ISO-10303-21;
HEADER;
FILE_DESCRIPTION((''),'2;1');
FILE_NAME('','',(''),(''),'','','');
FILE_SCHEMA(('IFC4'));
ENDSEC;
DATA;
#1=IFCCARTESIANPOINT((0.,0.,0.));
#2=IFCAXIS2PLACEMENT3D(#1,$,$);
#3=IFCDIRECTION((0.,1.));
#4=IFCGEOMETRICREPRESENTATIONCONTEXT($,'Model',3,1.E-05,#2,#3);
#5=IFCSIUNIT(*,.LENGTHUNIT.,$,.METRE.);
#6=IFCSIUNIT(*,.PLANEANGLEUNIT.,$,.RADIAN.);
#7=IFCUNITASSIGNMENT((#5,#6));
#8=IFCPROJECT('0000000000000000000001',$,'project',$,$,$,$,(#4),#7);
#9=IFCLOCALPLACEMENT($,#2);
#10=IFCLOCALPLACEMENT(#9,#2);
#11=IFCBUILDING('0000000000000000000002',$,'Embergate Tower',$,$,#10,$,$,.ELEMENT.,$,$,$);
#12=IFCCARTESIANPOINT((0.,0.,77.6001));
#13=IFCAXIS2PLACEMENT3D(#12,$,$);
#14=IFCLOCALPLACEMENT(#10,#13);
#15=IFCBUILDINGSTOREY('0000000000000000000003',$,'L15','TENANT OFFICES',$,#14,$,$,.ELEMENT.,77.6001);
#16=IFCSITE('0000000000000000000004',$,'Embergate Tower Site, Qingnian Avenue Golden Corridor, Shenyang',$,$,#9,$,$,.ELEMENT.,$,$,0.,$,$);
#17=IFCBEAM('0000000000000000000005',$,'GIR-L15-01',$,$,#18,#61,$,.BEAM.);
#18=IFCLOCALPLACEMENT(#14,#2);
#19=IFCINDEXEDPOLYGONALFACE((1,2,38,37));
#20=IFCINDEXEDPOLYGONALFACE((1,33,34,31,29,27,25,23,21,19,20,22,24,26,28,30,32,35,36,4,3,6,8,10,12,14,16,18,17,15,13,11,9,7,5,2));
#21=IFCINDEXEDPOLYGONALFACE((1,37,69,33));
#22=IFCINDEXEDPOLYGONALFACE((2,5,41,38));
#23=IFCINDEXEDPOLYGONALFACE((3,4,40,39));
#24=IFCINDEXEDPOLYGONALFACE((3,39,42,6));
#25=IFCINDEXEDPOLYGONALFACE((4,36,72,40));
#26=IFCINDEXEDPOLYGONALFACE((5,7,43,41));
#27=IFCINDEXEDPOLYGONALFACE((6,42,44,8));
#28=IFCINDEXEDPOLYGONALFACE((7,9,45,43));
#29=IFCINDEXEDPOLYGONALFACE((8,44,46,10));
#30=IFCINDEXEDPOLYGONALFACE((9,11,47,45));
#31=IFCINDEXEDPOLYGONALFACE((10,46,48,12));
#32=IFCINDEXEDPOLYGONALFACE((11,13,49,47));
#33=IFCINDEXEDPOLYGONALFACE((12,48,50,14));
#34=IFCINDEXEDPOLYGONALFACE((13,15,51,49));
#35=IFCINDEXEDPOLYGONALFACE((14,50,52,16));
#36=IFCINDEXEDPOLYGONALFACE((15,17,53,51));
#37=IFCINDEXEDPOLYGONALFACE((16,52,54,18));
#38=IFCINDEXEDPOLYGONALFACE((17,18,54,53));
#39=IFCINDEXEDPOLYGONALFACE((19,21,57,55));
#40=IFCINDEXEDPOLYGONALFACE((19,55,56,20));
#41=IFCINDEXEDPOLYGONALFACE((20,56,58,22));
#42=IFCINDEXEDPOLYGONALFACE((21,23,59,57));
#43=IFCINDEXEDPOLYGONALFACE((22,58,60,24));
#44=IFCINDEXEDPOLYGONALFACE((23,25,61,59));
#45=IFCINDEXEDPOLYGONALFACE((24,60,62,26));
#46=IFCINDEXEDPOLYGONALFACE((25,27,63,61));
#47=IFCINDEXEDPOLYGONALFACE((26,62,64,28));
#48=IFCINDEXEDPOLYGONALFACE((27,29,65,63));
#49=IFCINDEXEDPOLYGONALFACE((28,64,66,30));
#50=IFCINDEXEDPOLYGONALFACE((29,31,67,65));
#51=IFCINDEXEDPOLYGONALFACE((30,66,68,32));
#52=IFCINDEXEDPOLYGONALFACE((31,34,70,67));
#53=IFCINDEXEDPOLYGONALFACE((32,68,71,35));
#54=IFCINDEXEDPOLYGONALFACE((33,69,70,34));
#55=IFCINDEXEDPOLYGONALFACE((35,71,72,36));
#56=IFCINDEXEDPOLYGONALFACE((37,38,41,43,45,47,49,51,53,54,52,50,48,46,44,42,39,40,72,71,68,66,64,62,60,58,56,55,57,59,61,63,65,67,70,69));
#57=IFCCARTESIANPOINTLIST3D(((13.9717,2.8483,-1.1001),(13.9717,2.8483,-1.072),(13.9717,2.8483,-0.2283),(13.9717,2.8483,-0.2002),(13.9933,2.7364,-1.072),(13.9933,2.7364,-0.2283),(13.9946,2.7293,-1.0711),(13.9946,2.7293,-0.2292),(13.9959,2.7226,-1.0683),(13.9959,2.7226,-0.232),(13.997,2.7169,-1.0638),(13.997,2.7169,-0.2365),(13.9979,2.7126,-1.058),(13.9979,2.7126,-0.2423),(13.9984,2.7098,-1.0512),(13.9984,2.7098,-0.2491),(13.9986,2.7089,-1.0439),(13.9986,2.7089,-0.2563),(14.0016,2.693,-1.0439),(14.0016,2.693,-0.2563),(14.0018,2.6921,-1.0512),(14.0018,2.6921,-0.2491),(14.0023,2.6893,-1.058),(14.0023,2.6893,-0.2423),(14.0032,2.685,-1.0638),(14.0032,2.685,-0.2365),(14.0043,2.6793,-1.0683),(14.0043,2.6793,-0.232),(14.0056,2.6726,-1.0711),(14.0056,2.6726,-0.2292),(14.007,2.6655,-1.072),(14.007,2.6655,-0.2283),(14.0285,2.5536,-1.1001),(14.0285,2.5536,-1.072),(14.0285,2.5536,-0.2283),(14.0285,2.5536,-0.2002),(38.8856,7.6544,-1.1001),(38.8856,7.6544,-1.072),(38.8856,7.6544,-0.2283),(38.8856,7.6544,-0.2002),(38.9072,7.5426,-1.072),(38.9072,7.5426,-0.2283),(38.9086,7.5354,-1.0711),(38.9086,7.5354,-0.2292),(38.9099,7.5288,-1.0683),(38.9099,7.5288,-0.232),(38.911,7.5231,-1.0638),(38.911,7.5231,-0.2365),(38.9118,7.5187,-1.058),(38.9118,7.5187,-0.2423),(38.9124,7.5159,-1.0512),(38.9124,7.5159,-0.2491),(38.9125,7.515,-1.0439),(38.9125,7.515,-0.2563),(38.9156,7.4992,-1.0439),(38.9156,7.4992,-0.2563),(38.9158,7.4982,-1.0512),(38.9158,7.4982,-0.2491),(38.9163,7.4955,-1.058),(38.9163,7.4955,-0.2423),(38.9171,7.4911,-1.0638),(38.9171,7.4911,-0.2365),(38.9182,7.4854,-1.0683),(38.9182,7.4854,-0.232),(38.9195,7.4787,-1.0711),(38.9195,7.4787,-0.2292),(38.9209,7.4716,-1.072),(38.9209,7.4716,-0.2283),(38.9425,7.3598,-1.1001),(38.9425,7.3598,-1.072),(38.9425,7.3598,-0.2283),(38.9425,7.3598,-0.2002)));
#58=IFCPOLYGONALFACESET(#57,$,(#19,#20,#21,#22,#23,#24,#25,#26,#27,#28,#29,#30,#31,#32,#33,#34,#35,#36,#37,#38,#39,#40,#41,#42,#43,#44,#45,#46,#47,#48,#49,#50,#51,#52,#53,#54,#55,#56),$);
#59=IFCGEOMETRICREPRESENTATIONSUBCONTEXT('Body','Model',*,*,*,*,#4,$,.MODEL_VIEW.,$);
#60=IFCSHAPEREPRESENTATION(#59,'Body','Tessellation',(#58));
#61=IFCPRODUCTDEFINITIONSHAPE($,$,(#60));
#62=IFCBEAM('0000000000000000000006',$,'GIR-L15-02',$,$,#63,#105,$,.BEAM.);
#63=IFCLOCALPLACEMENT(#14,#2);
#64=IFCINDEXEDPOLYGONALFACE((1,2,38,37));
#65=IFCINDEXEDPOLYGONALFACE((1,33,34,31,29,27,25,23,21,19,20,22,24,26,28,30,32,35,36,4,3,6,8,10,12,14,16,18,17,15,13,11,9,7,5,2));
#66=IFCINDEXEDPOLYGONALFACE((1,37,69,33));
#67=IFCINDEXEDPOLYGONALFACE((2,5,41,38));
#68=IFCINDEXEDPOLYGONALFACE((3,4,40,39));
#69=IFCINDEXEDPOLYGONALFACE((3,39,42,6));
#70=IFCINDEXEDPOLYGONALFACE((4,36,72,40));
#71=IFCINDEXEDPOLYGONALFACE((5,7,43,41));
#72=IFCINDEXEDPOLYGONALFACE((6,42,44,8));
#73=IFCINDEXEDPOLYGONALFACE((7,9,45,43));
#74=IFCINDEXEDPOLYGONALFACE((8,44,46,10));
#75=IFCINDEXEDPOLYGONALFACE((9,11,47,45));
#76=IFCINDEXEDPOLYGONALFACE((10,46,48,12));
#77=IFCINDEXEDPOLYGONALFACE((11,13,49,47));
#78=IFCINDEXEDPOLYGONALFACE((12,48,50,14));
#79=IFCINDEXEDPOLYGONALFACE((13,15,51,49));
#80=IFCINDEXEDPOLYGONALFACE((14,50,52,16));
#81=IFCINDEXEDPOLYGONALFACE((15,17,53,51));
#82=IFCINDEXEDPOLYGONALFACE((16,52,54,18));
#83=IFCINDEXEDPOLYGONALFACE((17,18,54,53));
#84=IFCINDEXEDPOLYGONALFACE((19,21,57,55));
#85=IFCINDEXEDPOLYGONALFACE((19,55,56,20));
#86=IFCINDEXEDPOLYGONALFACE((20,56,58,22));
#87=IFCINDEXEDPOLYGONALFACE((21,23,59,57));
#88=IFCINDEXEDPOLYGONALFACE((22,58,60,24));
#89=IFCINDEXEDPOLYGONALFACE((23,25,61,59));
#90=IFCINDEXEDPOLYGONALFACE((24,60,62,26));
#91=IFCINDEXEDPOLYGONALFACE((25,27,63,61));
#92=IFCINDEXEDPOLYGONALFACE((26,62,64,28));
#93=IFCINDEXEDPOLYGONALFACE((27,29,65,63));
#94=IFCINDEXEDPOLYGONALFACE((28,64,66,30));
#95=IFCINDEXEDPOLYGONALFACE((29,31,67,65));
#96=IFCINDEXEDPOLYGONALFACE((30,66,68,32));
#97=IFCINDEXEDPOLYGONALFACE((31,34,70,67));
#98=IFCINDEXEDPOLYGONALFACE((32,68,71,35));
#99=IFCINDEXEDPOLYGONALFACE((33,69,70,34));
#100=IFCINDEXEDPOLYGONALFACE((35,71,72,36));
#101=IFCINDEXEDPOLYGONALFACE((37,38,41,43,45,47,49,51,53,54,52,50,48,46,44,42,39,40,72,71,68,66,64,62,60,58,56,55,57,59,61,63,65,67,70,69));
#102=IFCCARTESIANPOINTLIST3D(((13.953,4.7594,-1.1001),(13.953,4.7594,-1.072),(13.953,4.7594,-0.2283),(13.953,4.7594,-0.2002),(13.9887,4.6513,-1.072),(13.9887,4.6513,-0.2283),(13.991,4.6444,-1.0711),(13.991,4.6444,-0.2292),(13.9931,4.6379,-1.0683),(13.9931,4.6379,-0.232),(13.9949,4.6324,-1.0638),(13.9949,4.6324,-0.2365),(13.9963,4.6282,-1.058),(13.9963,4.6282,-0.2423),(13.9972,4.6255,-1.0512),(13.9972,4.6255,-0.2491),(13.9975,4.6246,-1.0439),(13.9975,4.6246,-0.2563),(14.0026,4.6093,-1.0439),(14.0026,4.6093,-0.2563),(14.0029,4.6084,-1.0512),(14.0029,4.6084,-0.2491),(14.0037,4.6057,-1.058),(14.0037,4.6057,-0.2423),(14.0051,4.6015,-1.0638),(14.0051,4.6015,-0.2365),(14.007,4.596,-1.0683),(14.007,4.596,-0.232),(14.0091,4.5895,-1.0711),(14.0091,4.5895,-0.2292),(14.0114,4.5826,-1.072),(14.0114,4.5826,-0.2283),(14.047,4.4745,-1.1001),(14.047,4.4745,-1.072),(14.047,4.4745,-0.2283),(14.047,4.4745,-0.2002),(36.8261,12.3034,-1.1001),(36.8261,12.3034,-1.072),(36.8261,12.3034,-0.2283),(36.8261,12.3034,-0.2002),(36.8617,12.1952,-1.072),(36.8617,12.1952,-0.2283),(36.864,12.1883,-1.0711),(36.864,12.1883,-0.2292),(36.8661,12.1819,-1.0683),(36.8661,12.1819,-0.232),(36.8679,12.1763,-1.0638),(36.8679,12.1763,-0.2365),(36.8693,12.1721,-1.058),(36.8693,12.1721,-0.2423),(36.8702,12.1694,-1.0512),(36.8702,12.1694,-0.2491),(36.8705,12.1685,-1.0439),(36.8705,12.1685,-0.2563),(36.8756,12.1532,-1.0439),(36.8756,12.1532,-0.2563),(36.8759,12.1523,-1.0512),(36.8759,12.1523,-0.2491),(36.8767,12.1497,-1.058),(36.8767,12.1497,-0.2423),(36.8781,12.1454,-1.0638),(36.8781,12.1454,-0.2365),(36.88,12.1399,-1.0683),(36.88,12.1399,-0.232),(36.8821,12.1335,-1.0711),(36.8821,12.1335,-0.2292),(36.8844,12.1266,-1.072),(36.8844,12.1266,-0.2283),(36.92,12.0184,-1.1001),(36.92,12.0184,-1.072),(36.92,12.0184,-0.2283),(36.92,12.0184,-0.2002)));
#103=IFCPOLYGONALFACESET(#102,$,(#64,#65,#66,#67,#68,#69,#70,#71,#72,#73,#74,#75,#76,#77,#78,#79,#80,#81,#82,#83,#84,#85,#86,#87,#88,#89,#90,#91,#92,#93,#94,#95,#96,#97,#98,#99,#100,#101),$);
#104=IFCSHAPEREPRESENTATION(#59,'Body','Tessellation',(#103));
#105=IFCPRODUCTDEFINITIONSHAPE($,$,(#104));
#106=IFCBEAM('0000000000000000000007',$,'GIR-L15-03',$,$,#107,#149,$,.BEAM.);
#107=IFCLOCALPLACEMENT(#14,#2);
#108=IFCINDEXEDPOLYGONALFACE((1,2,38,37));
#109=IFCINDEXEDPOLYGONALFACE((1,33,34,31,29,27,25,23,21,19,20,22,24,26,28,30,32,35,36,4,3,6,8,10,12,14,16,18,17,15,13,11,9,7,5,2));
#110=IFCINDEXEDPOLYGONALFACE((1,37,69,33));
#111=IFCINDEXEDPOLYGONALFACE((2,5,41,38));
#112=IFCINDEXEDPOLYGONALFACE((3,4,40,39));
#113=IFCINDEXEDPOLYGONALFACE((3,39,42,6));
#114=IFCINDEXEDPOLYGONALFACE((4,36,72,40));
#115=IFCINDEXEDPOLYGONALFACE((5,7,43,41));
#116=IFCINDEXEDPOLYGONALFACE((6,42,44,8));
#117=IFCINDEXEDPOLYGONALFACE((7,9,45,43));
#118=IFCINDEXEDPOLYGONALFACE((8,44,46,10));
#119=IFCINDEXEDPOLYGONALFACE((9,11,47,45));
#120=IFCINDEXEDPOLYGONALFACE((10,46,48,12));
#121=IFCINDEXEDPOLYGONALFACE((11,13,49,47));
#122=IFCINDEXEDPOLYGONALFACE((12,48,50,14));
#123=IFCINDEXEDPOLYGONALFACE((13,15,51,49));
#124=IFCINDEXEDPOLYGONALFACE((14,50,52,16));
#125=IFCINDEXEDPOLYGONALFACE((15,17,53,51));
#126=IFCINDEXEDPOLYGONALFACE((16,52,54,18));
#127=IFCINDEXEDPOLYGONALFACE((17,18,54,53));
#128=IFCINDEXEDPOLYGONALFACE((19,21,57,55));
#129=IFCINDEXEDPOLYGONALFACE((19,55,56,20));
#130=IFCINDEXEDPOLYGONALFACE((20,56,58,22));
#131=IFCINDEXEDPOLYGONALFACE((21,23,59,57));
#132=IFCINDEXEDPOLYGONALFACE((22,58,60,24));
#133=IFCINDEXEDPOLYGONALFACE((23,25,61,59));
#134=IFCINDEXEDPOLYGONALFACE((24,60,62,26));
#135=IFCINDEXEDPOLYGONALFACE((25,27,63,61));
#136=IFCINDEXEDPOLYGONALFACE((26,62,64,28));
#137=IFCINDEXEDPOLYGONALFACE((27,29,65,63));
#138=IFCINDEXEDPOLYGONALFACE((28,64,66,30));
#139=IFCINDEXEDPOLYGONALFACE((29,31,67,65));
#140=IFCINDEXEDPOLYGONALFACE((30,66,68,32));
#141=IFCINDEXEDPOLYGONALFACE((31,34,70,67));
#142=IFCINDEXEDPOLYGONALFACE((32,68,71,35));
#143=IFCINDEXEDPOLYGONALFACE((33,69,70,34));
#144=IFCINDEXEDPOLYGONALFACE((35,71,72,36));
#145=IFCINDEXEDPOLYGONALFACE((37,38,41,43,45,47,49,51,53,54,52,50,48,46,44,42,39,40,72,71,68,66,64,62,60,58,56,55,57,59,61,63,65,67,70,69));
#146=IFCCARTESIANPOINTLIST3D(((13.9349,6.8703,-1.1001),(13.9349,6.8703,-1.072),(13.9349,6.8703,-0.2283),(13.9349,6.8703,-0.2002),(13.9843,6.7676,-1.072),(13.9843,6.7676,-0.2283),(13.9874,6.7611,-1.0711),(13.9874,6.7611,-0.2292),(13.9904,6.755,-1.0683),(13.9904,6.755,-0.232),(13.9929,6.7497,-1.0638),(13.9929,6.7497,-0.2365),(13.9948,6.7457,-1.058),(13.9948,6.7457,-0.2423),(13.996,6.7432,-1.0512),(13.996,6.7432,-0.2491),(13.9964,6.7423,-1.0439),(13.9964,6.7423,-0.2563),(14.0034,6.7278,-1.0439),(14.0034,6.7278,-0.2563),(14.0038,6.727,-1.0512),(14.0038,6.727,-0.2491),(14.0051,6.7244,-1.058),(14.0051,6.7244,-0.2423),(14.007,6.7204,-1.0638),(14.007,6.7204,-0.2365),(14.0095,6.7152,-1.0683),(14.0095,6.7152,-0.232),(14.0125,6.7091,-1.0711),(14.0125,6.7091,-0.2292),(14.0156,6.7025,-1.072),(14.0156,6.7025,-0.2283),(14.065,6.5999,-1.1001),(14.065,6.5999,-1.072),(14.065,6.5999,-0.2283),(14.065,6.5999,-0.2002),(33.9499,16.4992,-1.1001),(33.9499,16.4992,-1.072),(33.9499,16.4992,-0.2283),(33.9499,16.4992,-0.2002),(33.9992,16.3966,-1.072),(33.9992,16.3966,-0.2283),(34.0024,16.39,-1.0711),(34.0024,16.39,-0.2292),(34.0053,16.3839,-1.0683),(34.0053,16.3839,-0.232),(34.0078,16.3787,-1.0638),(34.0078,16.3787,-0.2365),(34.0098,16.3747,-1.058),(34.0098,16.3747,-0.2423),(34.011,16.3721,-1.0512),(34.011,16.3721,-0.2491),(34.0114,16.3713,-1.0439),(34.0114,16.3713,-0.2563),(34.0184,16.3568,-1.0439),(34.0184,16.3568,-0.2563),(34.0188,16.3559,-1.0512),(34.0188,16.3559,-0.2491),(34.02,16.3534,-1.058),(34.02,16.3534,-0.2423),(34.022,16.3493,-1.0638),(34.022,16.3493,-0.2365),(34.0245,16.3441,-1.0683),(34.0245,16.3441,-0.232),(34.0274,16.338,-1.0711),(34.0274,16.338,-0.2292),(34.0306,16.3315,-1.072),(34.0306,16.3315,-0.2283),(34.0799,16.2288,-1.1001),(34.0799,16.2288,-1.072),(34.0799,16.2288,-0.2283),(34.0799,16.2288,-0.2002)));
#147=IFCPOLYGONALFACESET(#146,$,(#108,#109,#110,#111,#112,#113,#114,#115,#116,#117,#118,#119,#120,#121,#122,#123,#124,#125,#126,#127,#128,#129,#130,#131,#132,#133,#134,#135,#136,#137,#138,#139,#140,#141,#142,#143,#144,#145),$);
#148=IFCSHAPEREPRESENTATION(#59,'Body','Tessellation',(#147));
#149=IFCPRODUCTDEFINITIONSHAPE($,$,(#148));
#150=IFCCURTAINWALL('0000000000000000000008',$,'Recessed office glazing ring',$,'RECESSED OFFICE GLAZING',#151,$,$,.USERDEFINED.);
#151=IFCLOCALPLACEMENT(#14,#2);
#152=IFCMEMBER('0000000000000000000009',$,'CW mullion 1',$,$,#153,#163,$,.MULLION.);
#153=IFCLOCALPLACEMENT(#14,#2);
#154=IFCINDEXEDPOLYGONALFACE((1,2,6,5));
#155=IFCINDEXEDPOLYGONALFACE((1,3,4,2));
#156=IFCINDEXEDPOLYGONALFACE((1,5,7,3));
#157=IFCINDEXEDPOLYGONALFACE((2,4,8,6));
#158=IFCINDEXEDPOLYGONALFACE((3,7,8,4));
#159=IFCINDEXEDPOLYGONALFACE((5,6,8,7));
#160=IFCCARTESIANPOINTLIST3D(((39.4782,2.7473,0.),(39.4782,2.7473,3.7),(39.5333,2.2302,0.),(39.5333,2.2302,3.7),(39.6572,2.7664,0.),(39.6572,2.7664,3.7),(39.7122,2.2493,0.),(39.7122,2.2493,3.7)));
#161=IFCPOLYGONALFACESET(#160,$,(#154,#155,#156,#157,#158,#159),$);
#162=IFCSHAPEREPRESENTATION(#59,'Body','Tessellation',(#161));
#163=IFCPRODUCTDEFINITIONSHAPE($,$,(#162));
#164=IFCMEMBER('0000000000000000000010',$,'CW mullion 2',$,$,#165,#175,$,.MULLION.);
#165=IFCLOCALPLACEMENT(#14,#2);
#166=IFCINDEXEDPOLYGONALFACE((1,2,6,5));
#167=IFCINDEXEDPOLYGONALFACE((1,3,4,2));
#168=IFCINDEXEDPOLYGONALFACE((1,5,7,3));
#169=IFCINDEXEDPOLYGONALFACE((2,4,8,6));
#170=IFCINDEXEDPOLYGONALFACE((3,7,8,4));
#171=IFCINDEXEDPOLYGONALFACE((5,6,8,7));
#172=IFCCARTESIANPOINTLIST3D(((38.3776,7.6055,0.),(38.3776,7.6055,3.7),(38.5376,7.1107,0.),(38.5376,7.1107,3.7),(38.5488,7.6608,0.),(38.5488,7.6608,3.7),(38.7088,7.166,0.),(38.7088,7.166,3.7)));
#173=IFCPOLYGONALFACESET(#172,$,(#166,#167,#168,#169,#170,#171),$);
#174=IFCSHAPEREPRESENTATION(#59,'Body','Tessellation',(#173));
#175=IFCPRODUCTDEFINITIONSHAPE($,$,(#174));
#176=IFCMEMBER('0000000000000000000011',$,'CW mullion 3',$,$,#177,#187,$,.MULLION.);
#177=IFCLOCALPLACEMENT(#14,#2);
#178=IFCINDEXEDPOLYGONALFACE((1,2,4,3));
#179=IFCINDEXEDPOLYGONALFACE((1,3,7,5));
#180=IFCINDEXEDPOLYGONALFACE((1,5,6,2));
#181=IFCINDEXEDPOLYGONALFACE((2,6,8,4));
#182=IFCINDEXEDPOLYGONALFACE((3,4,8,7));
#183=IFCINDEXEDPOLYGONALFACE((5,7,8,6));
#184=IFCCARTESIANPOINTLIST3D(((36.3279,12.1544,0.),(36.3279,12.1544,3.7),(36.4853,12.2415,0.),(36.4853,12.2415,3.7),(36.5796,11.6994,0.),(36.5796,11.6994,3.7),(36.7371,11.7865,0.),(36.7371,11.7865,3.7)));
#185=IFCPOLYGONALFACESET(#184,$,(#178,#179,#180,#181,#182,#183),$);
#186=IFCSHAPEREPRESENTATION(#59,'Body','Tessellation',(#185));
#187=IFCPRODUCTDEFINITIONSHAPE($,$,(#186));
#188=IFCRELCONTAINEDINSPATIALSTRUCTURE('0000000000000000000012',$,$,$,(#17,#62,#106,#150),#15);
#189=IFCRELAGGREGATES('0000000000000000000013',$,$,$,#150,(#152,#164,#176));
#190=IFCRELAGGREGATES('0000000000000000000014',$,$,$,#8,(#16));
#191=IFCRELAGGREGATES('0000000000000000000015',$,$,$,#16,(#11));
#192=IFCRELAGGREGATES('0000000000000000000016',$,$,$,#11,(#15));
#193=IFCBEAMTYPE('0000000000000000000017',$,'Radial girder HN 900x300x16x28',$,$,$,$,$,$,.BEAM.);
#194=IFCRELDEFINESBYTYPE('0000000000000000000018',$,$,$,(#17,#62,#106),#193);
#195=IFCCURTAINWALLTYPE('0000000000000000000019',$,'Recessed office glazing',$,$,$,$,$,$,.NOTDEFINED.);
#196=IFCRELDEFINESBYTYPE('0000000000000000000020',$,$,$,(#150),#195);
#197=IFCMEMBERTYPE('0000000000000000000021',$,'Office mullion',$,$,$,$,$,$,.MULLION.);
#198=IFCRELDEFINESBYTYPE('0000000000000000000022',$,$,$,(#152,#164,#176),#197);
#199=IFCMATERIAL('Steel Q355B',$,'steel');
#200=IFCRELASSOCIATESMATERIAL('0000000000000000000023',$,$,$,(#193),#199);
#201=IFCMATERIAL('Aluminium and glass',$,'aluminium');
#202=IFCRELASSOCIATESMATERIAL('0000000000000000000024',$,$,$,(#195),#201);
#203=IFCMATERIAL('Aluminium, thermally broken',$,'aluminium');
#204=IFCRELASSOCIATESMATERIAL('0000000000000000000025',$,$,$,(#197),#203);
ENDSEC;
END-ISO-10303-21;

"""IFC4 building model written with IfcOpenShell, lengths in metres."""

from ifc_helpers import new_model, si_unit, direction, frame, origin, origin_2d, place, context, subcontext, project, spatial, rectangle, i_section, extrude, source, transform, mapped, material, material_profile, profile_set, type_object, element, aggregate, save


model = new_model("IFC4")

# Units and contexts
model_context = context("Model", 3, precision=1e-05, world=origin(), true_north=direction((0.0, 1.0)))
body_context = subcontext(model_context, "Body", "Model", "MODEL_VIEW")
ifc_project = project(units=[si_unit("LENGTHUNIT", "METRE"), si_unit("PLANEANGLEUNIT", "RADIAN")], contexts=[model_context])

# Site, building, storey
site_placement = place(None, origin())
site = spatial("IfcSite", under=ifc_project, at=site_placement, Name="Embergate Tower Site, Qingnian Avenue Golden Corridor, Shenyang", CompositionType="ELEMENT", RefElevation=0.0)
building_placement = place(site_placement, origin())
building = spatial("IfcBuilding", under=site, at=building_placement, Name="Embergate Tower", CompositionType="ELEMENT")
storey_placement = place(building_placement, frame((0.0, 0.0, 77.6001)))
storey = spatial("IfcBuildingStorey", under=building, at=storey_placement, Name="L15", Description="TENANT OFFICES", CompositionType="ELEMENT", Elevation=77.6001)

# Beams
ifc_material_1 = material(Name="Steel Q355B", Category="steel")
ifc_material_profile_1 = material_profile(ifc_material_1, i_section(OverallWidth=0.3, OverallDepth=0.8999, WebThickness=0.0161, FlangeThickness=0.0281, FilletRadius=0.0281, at=origin_2d()), Name="HN 900x300x16x28")
ifc_profile_set_1 = profile_set([ifc_material_profile_1], Name="Steel Q355 grade B")
beam_type_1 = type_object("IfcBeamType", Name="Radial girder HN 900x300x16x28", PredefinedType="BEAM", material=ifc_profile_set_1)
shared_shape_1 = source(origin(), body_context, "Body", "SweptSolid", [
    extrude(i_section(OverallWidth=0.3, OverallDepth=0.8999, WebThickness=0.0161, FlangeThickness=0.0281, FilletRadius=0.0281, at=origin_2d()), origin(), (0.0, 0.0, 1.0), 25.3733),
])
beam_1_placement = place(storey_placement, frame((38.9141, 7.5071, -0.6501), z_axis=(-0.981897, -0.189417, 0.0), x_axis=(0.189417, -0.981897, 0.0)))
element("IfcBeam", 1, at=beam_1_placement, inside=storey, type_object=beam_type_1, Name="GIR-L15-01", PredefinedType="BEAM", context=body_context, shape_type="MappedRepresentation", body=[
    mapped(shared_shape_1, transform((0.0, 0.0, 0.0))),
])
shared_shape_2 = source(origin(), body_context, "Body", "SweptSolid", [
    extrude(i_section(OverallWidth=0.3, OverallDepth=0.8999, WebThickness=0.0161, FlangeThickness=0.0281, FilletRadius=0.0281, at=origin_2d()), origin(), (0.0, 0.0, 1.0), 24.085),
])
beam_2_placement = place(storey_placement, frame((36.873, 12.1609, -0.6501), z_axis=(-0.94968, -0.313222, 0.0), x_axis=(0.313222, -0.94968, 0.0)))
element("IfcBeam", 2, at=beam_2_placement, inside=storey, type_object=beam_type_1, Name="GIR-L15-02", PredefinedType="BEAM", context=body_context, shape_type="MappedRepresentation", body=[
    mapped(shared_shape_2, transform((0.0, 0.0, 0.0))),
])
shared_shape_3 = source(origin(), body_context, "Body", "SweptSolid", [
    extrude(i_section(OverallWidth=0.3, OverallDepth=0.8999, WebThickness=0.0161, FlangeThickness=0.0281, FilletRadius=0.0281, at=origin_2d()), origin(), (0.0, 0.0, 1.0), 22.2107),
])
beam_3_placement = place(storey_placement, frame((34.0149, 16.364, -0.6501), z_axis=(-0.901141, -0.433527, 0.0), x_axis=(0.433527, -0.901141, 0.0)))
element("IfcBeam", 3, at=beam_3_placement, inside=storey, type_object=beam_type_1, Name="GIR-L15-03", PredefinedType="BEAM", context=body_context, shape_type="MappedRepresentation", body=[
    mapped(shared_shape_3, transform((0.0, 0.0, 0.0))),
])

# Curtain wall, members
ifc_material_2 = material(Name="Aluminium and glass", Category="aluminium")
curtain_wall_type = type_object("IfcCurtainWallType", Name="Recessed office glazing", PredefinedType="NOTDEFINED", material=ifc_material_2)
curtain_wall_placement = place(storey_placement, origin())
curtain_wall = element("IfcCurtainWall", 4, at=curtain_wall_placement, inside=storey, type_object=curtain_wall_type, Name="Recessed office glazing ring", ObjectType="RECESSED OFFICE GLAZING", PredefinedType="USERDEFINED")
ifc_material_3 = material(Name="Aluminium, thermally broken", Category="aluminium")
ifc_material_profile_2 = material_profile(ifc_material_3, rectangle(XDim=0.1799, YDim=0.52, at=origin_2d()), Name="AL 520x180")
ifc_profile_set_2 = profile_set([ifc_material_profile_2], Name="Aluminium, thermally broken")
member_type_1 = type_object("IfcMemberType", Name="Office mullion", PredefinedType="MULLION", material=ifc_profile_set_2)
shared_shape_4 = source(origin(), body_context, "Body", "SweptSolid", [
    extrude(rectangle(XDim=0.1799, YDim=0.52, at=origin_2d()), origin(), (0.0, 0.0, 1.0), 3.7),
])
member_1_placement = place(storey_placement, frame((39.5952, 2.4983, 0.0), z_axis=(0.0, 0.0, 1.0), x_axis=(-0.994385, -0.10582, 0.0)))
member_1 = element("IfcMember", 5, at=member_1_placement, type_object=member_type_1, Name="CW mullion 1", PredefinedType="MULLION", context=body_context, shape_type="MappedRepresentation", body=[
    mapped(shared_shape_4, transform((0.0, 0.0, 0.0))),
])
member_2_placement = place(storey_placement, frame((38.5432, 7.3857, 0.0), z_axis=(0.0, 0.0, 1.0), x_axis=(-0.951501, -0.307646, 0.0)))
member_2 = element("IfcMember", 6, at=member_2_placement, type_object=member_type_1, Name="CW mullion 2", PredefinedType="MULLION", context=body_context, shape_type="MappedRepresentation", body=[
    mapped(shared_shape_4, transform((0.0, 0.0, 0.0))),
])
member_3_placement = place(storey_placement, frame((36.5325, 11.9705, 0.0), z_axis=(0.0, 0.0, 1.0), x_axis=(-0.875008, -0.484109, 0.0)))
member_3 = element("IfcMember", 7, at=member_3_placement, type_object=member_type_1, Name="CW mullion 3", PredefinedType="MULLION", context=body_context, shape_type="MappedRepresentation", body=[
    mapped(shared_shape_4, transform((0.0, 0.0, 0.0))),
])
aggregate(curtain_wall, [member_1, member_2, member_3])

save(model, "model.ifc")
